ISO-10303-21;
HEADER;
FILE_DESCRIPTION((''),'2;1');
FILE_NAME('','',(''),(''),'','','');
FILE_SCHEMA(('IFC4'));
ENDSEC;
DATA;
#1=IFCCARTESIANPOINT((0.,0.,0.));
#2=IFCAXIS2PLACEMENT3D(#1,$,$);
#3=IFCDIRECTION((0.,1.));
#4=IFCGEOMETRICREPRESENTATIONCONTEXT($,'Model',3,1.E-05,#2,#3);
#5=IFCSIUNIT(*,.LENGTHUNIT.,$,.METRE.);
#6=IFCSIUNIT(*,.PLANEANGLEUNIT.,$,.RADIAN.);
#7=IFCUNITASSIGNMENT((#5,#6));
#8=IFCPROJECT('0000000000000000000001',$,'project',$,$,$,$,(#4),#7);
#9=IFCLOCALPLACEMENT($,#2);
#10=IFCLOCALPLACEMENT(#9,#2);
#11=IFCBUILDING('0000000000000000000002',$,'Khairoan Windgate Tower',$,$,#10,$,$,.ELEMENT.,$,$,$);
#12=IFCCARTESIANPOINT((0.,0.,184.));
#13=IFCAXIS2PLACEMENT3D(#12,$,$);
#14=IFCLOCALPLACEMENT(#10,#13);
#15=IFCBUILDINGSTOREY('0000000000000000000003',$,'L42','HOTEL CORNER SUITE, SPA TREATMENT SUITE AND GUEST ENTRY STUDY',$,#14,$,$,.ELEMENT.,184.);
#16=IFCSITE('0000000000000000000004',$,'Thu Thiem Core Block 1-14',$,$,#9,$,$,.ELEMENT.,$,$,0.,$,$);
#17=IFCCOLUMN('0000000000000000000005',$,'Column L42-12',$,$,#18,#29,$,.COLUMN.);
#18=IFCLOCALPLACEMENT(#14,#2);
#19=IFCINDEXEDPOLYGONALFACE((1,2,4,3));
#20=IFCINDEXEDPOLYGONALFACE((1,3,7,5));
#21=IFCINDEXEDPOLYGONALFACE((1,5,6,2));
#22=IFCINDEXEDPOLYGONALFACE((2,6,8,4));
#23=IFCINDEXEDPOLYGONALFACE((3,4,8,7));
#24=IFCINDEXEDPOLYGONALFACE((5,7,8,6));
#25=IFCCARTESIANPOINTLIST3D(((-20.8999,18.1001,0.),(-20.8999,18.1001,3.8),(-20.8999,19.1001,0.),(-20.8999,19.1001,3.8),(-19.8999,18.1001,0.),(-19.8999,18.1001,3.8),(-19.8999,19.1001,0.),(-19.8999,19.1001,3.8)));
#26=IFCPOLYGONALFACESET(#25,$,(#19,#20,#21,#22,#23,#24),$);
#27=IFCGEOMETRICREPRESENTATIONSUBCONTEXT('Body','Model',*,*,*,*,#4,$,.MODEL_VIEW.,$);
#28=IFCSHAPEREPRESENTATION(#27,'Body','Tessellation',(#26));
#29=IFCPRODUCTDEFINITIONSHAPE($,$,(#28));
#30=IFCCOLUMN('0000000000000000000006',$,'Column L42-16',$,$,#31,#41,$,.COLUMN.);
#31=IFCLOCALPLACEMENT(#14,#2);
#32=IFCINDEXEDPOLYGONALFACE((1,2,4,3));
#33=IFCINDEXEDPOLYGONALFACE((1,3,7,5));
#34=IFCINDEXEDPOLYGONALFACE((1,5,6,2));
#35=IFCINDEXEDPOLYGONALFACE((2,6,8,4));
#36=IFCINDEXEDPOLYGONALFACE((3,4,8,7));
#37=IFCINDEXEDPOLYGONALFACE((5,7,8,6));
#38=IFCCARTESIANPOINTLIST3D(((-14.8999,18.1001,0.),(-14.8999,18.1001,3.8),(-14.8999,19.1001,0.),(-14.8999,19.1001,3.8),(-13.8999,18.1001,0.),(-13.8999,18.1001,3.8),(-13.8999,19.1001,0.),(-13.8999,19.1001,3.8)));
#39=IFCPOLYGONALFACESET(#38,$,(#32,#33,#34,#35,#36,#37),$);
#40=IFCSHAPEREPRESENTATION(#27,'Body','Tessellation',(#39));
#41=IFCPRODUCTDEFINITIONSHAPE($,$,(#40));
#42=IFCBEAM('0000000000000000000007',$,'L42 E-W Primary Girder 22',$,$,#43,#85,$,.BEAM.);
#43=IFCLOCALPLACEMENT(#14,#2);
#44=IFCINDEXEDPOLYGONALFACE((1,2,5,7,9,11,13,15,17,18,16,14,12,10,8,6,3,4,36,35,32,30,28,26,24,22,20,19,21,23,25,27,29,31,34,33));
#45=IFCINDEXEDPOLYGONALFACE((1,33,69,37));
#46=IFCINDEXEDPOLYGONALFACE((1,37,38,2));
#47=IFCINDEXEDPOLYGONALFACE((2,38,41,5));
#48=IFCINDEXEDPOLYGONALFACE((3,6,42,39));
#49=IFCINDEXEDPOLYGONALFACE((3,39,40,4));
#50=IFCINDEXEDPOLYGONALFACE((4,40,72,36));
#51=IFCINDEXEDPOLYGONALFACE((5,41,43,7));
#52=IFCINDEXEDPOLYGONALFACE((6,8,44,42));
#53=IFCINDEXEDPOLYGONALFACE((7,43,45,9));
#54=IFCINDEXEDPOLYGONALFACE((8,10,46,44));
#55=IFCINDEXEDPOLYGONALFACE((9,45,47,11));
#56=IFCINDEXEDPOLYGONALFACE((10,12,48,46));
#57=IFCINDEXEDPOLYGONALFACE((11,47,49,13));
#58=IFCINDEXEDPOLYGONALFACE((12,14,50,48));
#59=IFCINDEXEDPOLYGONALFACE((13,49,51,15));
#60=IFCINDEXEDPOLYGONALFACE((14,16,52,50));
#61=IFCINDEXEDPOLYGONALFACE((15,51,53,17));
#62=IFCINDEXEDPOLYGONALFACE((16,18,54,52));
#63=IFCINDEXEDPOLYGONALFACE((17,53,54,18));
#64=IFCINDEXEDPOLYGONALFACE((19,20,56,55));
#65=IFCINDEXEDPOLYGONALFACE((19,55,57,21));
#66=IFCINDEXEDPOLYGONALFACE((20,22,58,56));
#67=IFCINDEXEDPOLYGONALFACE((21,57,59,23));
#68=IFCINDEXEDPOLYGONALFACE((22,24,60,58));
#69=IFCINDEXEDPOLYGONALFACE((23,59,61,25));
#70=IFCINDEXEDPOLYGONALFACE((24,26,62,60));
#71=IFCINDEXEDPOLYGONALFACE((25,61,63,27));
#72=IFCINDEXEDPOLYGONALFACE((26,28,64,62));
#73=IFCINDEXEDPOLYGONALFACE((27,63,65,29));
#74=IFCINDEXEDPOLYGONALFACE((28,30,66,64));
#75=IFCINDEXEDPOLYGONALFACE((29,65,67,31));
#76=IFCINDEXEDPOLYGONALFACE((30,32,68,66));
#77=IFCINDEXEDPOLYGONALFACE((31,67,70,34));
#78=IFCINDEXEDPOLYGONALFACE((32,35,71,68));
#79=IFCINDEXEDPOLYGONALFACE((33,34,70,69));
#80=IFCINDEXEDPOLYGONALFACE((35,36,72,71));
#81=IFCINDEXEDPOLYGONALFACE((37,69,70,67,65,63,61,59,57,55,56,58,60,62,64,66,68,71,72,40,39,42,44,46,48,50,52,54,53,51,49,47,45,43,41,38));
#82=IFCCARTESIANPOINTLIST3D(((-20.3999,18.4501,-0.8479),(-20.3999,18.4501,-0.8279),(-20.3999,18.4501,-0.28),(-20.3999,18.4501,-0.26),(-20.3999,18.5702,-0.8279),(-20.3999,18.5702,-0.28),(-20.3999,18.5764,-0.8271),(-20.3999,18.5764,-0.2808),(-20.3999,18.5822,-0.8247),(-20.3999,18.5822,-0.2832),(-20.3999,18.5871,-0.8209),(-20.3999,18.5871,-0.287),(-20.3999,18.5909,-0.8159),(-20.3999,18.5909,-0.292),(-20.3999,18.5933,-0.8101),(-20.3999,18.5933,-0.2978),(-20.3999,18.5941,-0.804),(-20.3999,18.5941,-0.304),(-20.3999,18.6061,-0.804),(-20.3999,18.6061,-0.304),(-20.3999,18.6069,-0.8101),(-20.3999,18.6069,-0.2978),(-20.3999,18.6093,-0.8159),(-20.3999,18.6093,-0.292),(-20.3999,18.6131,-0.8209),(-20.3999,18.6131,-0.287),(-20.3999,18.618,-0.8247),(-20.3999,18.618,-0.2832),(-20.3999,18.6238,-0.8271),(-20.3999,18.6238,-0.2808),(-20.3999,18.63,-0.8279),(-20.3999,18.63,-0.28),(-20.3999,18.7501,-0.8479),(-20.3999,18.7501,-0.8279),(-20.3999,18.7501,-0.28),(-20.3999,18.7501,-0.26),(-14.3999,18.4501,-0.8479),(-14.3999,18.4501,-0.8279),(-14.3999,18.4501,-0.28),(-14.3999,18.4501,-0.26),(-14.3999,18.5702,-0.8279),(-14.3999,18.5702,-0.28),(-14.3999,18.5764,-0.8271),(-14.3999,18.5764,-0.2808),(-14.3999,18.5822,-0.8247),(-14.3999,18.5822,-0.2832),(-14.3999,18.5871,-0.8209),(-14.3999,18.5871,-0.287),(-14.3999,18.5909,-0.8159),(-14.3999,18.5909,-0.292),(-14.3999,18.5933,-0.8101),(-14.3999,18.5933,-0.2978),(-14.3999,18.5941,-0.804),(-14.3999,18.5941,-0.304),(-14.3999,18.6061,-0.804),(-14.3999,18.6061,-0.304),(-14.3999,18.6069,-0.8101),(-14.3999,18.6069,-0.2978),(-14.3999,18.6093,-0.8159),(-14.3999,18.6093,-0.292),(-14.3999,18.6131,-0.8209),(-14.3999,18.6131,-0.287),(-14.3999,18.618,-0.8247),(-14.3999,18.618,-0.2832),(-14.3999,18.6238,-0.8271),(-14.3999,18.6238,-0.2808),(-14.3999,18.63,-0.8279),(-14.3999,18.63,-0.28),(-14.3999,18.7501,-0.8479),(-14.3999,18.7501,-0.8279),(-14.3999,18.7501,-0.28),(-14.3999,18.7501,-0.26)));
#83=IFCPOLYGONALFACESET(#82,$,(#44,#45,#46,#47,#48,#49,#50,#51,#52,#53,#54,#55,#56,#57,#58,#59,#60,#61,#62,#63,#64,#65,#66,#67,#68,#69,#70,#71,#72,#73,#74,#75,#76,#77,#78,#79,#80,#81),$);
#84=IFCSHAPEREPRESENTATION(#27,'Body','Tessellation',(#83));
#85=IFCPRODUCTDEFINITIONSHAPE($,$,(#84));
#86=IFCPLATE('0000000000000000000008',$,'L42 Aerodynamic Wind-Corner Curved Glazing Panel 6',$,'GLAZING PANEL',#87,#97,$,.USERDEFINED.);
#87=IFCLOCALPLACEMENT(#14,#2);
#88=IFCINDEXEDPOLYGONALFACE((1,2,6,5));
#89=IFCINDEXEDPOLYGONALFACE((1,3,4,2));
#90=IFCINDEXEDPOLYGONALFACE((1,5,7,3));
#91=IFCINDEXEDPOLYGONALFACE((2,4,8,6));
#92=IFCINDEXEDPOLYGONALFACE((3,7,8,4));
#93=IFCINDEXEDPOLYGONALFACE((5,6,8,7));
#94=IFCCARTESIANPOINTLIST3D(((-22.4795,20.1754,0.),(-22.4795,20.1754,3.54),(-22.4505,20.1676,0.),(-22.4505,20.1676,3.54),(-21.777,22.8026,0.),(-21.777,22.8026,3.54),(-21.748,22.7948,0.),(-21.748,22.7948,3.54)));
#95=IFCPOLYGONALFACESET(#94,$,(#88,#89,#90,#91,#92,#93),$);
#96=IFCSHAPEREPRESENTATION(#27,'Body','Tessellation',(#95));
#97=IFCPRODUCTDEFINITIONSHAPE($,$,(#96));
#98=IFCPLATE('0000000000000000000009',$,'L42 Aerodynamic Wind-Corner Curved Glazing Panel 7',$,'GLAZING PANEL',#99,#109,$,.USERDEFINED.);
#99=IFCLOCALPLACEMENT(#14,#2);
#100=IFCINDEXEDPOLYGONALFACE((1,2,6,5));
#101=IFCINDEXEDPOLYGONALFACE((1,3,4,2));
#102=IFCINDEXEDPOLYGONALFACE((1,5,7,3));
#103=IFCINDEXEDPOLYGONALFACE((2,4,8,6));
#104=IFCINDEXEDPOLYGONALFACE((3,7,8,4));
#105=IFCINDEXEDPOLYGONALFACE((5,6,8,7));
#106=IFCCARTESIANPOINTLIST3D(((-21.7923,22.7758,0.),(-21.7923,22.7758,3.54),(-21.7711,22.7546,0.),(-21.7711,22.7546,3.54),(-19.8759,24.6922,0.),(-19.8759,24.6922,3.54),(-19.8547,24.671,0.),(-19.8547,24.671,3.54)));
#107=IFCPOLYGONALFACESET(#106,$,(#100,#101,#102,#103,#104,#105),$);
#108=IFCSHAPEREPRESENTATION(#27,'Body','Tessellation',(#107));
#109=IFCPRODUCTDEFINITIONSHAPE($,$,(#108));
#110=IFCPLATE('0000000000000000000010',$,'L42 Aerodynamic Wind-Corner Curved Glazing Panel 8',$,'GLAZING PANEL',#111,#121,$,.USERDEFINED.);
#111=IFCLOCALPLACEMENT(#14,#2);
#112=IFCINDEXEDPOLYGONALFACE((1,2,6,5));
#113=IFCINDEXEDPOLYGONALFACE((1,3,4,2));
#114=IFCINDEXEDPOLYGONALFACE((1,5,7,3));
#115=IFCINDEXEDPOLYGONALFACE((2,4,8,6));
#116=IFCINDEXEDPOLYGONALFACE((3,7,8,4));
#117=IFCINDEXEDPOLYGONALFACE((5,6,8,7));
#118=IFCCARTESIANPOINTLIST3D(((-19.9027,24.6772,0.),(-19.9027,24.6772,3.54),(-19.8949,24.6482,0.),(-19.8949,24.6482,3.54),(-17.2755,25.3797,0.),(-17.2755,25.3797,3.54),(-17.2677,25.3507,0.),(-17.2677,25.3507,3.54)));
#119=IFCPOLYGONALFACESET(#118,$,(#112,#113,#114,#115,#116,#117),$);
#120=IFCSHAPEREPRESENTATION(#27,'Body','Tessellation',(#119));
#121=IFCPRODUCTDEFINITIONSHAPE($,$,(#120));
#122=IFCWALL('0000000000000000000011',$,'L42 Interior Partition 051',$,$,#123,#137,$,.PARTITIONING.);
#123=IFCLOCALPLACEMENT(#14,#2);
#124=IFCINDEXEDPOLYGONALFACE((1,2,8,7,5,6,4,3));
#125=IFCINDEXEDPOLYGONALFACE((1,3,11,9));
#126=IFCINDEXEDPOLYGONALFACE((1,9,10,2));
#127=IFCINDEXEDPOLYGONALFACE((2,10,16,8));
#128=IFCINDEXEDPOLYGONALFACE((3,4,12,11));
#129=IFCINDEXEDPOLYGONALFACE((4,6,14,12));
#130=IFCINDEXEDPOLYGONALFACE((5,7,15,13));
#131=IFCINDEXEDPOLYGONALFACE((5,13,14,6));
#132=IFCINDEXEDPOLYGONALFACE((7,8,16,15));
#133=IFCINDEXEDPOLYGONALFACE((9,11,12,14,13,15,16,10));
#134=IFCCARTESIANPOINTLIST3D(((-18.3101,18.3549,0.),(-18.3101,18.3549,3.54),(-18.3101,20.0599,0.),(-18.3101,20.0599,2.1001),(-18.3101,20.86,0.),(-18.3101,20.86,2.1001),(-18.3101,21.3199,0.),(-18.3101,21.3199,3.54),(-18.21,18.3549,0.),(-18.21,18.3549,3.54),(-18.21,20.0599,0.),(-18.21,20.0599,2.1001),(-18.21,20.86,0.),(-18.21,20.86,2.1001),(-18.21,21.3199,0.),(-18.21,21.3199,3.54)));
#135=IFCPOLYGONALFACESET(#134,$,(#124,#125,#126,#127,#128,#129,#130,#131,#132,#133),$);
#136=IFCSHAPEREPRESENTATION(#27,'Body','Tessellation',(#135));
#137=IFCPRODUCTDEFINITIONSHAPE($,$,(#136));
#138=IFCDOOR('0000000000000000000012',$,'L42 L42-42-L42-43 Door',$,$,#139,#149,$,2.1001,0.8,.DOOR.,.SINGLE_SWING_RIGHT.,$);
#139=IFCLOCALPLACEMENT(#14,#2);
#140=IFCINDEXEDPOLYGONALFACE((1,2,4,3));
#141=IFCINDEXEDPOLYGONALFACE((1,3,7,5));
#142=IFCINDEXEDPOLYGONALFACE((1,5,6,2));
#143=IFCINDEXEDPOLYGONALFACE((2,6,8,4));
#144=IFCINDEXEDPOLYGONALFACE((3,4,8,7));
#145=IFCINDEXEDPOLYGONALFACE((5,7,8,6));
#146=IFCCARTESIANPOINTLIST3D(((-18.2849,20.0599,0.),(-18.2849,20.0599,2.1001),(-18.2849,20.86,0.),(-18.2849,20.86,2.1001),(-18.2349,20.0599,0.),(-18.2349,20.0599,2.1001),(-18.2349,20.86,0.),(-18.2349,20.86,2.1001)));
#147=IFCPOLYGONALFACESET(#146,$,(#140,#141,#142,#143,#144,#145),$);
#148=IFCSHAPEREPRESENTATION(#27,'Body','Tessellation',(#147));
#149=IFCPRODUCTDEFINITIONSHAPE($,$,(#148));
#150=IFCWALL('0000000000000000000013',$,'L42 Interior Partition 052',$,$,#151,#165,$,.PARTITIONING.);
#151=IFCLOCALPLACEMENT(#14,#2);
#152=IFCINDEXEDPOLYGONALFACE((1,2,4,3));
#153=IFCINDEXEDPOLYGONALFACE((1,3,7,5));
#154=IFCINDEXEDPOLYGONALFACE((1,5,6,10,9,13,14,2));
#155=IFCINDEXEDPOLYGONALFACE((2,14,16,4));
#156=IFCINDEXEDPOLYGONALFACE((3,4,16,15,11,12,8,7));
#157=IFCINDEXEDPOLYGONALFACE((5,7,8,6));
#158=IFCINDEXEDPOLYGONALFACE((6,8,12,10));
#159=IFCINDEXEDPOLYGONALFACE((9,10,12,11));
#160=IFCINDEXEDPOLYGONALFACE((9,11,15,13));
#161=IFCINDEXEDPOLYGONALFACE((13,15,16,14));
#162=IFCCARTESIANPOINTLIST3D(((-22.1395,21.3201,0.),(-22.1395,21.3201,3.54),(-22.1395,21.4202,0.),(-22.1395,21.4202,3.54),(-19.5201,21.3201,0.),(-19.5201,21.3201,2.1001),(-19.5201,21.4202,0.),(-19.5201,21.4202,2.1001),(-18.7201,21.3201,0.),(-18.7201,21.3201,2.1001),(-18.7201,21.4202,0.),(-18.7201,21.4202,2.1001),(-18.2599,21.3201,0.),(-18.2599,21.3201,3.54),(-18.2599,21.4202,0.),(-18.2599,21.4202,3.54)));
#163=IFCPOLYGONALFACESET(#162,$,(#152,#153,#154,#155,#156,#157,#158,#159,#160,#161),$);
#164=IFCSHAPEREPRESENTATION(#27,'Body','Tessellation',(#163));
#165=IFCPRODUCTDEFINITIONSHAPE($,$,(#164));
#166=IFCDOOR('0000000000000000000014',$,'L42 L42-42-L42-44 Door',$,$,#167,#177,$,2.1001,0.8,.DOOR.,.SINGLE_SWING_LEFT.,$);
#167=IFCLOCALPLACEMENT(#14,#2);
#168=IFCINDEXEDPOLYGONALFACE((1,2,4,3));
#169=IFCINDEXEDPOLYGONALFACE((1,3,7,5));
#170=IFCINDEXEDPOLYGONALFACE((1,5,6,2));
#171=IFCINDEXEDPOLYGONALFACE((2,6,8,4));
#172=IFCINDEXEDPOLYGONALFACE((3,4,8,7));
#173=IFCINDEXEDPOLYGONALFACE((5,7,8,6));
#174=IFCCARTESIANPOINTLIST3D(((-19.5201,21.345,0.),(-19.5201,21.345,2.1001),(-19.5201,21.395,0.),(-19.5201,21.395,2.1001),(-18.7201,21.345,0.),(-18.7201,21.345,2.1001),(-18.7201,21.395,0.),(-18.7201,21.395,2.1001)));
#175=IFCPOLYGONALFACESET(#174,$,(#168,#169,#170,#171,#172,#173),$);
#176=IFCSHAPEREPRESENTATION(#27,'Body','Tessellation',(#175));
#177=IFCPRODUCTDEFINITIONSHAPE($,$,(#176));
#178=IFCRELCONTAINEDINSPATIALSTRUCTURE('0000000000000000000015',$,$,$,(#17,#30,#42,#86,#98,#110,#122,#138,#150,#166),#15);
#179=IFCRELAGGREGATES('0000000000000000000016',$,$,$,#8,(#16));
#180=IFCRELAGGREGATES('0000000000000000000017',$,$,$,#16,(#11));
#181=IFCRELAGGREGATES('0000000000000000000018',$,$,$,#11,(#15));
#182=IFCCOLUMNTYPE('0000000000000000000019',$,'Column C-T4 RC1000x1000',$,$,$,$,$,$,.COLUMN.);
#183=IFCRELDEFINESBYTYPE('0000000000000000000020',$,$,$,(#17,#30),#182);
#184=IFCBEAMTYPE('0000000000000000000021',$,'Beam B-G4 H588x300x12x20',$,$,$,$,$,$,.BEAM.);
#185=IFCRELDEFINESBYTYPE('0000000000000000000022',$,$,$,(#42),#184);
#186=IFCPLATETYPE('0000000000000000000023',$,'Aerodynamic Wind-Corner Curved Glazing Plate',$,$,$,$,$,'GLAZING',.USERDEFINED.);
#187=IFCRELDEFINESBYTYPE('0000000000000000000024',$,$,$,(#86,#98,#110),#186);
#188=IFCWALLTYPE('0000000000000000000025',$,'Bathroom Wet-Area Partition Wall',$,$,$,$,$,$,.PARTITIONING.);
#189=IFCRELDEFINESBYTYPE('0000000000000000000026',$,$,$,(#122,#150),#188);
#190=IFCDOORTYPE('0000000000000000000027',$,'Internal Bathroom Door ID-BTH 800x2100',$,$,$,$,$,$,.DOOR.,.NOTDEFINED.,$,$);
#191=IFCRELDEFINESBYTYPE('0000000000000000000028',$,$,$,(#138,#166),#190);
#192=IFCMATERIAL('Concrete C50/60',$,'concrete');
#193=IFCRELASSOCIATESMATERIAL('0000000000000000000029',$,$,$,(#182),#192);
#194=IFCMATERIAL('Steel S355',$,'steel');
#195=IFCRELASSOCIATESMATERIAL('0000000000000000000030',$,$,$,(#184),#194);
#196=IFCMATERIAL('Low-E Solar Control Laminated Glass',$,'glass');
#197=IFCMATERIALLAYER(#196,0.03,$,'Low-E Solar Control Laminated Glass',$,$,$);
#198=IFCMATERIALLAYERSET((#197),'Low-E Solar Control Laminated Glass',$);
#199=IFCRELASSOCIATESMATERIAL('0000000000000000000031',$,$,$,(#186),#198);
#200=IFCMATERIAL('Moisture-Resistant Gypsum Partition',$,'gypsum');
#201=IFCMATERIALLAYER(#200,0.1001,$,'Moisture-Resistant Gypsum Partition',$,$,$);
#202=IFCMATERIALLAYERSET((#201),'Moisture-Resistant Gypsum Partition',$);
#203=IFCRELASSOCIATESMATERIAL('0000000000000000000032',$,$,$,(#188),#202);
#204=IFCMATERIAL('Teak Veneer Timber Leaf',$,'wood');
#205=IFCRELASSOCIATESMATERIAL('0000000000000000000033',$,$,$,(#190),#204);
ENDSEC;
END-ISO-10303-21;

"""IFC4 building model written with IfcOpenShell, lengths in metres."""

from ifc_helpers import new_model, si_unit, direction, frame, frame_2d, origin, origin_2d, place, context, subcontext, project, spatial, rectangle, i_section, extrude, material, layer, layer_set, material_profile, profile_set, type_object, element, fill, save


model = new_model("IFC4")

# Units and contexts
model_context = context("Model", 3, precision=1e-05, world=origin(), true_north=direction((0.0, 1.0)))
body_context = subcontext(model_context, "Body", "Model", "MODEL_VIEW")
ifc_project = project(units=[si_unit("LENGTHUNIT", "METRE"), si_unit("PLANEANGLEUNIT", "RADIAN")], contexts=[model_context])

# Site, building, storey
site_placement = place(None, origin())
site = spatial("IfcSite", under=ifc_project, at=site_placement, Name="Thu Thiem Core Block 1-14", CompositionType="ELEMENT", RefElevation=0.0)
building_placement = place(site_placement, origin())
building = spatial("IfcBuilding", under=site, at=building_placement, Name="Khairoan Windgate Tower", CompositionType="ELEMENT")
storey_placement = place(building_placement, frame((0.0, 0.0, 184.0)))
storey = spatial("IfcBuildingStorey", under=building, at=storey_placement, Name="L42", Description="HOTEL CORNER SUITE, SPA TREATMENT SUITE AND GUEST ENTRY STUDY", CompositionType="ELEMENT", Elevation=184.0)

# Columns
ifc_material_1 = material(Name="Concrete C50/60", Category="concrete")
ifc_material_profile_1 = material_profile(ifc_material_1, rectangle(XDim=1.0, YDim=1.0, at=origin_2d()))
ifc_profile_set_1 = profile_set([ifc_material_profile_1], Name="Concrete C50/60")
column_type = type_object("IfcColumnType", Name="Column C-T4 RC1000x1000", PredefinedType="COLUMN", material=ifc_profile_set_1)
for number, where, z_axis, x_axis, name in (
    (1, (-20.3999, 18.6001, 0.0), (0.0, 0.0, 1.0), (1.0, 0.0, 0.0), "Column L42-12"),
    (2, (-14.3999, 18.6001, 0.0), (0.0, 0.0, 1.0), (1.0, 0.0, 0.0), "Column L42-16"),
):
    element("IfcColumn", number, at=place(storey_placement, frame(where, z_axis=z_axis, x_axis=x_axis)), inside=storey, type_object=column_type, Name=name, PredefinedType="COLUMN", context=body_context, shape_type="SweptSolid", body=[
        extrude(rectangle(XDim=1.0, YDim=1.0, at=origin_2d()), origin(), (0.0, 0.0, 1.0), 3.8),
    ])

# Beam
ifc_material_2 = material(Name="Steel S355", Category="steel")
ifc_material_profile_2 = material_profile(ifc_material_2, i_section(OverallWidth=0.3, OverallDepth=0.5879, WebThickness=0.012, FlangeThickness=0.02, FilletRadius=0.0239, at=origin_2d()))
ifc_profile_set_2 = profile_set([ifc_material_profile_2], Name="Steel S355")
beam_type = type_object("IfcBeamType", Name="Beam B-G4 H588x300x12x20", PredefinedType="BEAM", material=ifc_profile_set_2)
beam_placement = place(storey_placement, frame((-20.3999, 18.6001, -0.554), z_axis=(1.0, 0.0, 0.0), x_axis=(0.0, 1.0, 0.0)))
element("IfcBeam", 3, at=beam_placement, inside=storey, type_object=beam_type, Name="L42 E-W Primary Girder 22", PredefinedType="BEAM", context=body_context, shape_type="SweptSolid", body=[
    extrude(i_section(OverallWidth=0.3, OverallDepth=0.5879, WebThickness=0.012, FlangeThickness=0.02, FilletRadius=0.0239, at=origin_2d()), origin(), (0.0, 0.0, 1.0), 6.0),
])

# Plates
ifc_material_3 = material(Name="Low-E Solar Control Laminated Glass", Category="glass")
ifc_layer_1 = layer(ifc_material_3, 0.03, Name="Low-E Solar Control Laminated Glass")
ifc_layer_set_1 = layer_set([ifc_layer_1], Name="Low-E Solar Control Laminated Glass")
plate_type_1 = type_object("IfcPlateType", Name="Aerodynamic Wind-Corner Curved Glazing Plate", ElementType="GLAZING", PredefinedType="USERDEFINED", material=ifc_layer_set_1)
plate_1_placement = place(storey_placement, frame((-22.1138, 21.4851, 0.0), z_axis=(0.0, 0.0, 1.0), x_axis=(0.258313, 0.966061, 0.0)))
element("IfcPlate", 4, at=plate_1_placement, inside=storey, type_object=plate_type_1, Name="L42 Aerodynamic Wind-Corner Curved Glazing Panel 6", ObjectType="GLAZING PANEL", PredefinedType="USERDEFINED", context=body_context, shape_type="SweptSolid", body=[
    extrude(rectangle(XDim=2.7195, YDim=0.03, at=origin_2d()), origin(), (0.0, 0.0, 1.0), 3.54),
])
plate_2_placement = place(storey_placement, frame((-20.8235, 23.7234, 0.0), z_axis=(0.0, 0.0, 1.0), x_axis=(0.707107, 0.707107, 0.0)))
element("IfcPlate", 5, at=plate_2_placement, inside=storey, type_object=plate_type_1, Name="L42 Aerodynamic Wind-Corner Curved Glazing Panel 7", ObjectType="GLAZING PANEL", PredefinedType="USERDEFINED", context=body_context, shape_type="SweptSolid", body=[
    extrude(rectangle(XDim=2.7102, YDim=0.03, at=origin_2d()), origin(), (0.0, 0.0, 1.0), 3.54),
])
plate_3_placement = place(storey_placement, frame((-18.5852, 25.0139, 0.0), z_axis=(0.0, 0.0, 1.0), x_axis=(0.966061, 0.258313, 0.0)))
element("IfcPlate", 6, at=plate_3_placement, inside=storey, type_object=plate_type_1, Name="L42 Aerodynamic Wind-Corner Curved Glazing Panel 8", ObjectType="GLAZING PANEL", PredefinedType="USERDEFINED", context=body_context, shape_type="SweptSolid", body=[
    extrude(rectangle(XDim=2.7195, YDim=0.03, at=origin_2d()), origin(), (0.0, 0.0, 1.0), 3.54),
])

# Walls, openings, doors
ifc_material_4 = material(Name="Moisture-Resistant Gypsum Partition", Category="gypsum")
ifc_layer_2 = layer(ifc_material_4, 0.1001, Name="Moisture-Resistant Gypsum Partition")
ifc_layer_set_2 = layer_set([ifc_layer_2], Name="Moisture-Resistant Gypsum Partition")
wall_type_1 = type_object("IfcWallType", Name="Bathroom Wet-Area Partition Wall", PredefinedType="PARTITIONING", material=ifc_layer_set_2)
wall_1_placement = place(storey_placement, frame((-18.26, 18.355, 0.0), z_axis=(0.0, 0.0, 1.0), x_axis=(0.0, 1.0, 0.0)))
wall_1 = element("IfcWall", 7, at=wall_1_placement, inside=storey, type_object=wall_type_1, Name="L42 Interior Partition 051", PredefinedType="PARTITIONING", context=body_context, shape_type="SweptSolid", body=[
    extrude(rectangle(XDim=2.9651, YDim=0.1001, at=frame_2d((1.4824, 0.0))), origin(), (0.0, 0.0, 1.0), 3.54),
])
opening_1_placement = place(wall_1_placement, frame((1.7051, 0.0, 0.0)))
opening_1 = element("IfcOpeningElement", 8, at=opening_1_placement, cuts=wall_1, PredefinedType="OPENING", context=body_context, shape_type="SweptSolid", body=[
    extrude(rectangle(XDim=0.8, YDim=2.1001, at=frame_2d((0.3999, 1.05))), frame((0.0, 0.0601, 0.0), z_axis=(0.0, -1.0, 0.0), x_axis=(1.0, 0.0, 0.0)), (0.0, 0.0, 1.0), 0.1201),
])
ifc_material_5 = material(Name="Teak Veneer Timber Leaf", Category="wood")
door_type_1 = type_object("IfcDoorType", Name="Internal Bathroom Door ID-BTH 800x2100", OperationType="NOTDEFINED", PredefinedType="DOOR", material=ifc_material_5)
door_1_placement = place(opening_1_placement, origin())
door_1 = element("IfcDoor", 9, at=door_1_placement, inside=storey, type_object=door_type_1, Name="L42 L42-42-L42-43 Door", OperationType="SINGLE_SWING_RIGHT", OverallHeight=2.1001, OverallWidth=0.8, PredefinedType="DOOR", context=body_context, shape_type="SweptSolid", body=[
    extrude(rectangle(XDim=0.8, YDim=2.1001, at=frame_2d((0.3999, 1.05))), frame((0.0, 0.0249, 0.0), z_axis=(0.0, -1.0, 0.0), x_axis=(1.0, 0.0, 0.0)), (0.0, 0.0, 1.0), 0.05),
])
fill(opening_1, door_1)
wall_2_placement = place(storey_placement, frame((-22.1396, 21.3701, 0.0), z_axis=(0.0, 0.0, 1.0), x_axis=(1.0, 0.0, 0.0)))
wall_2 = element("IfcWall", 10, at=wall_2_placement, inside=storey, type_object=wall_type_1, Name="L42 Interior Partition 052", PredefinedType="PARTITIONING", context=body_context, shape_type="SweptSolid", body=[
    extrude(rectangle(XDim=3.8796, YDim=0.1001, at=frame_2d((1.9399, 0.0))), origin(), (0.0, 0.0, 1.0), 3.54),
])
opening_2_placement = place(wall_2_placement, frame((2.6196, 0.0, 0.0)))
opening_2 = element("IfcOpeningElement", 11, at=opening_2_placement, cuts=wall_2, PredefinedType="OPENING", context=body_context, shape_type="SweptSolid", body=[
    extrude(rectangle(XDim=0.8, YDim=2.1001, at=frame_2d((0.3999, 1.05))), frame((0.0, 0.0601, 0.0), z_axis=(0.0, -1.0, 0.0), x_axis=(1.0, 0.0, 0.0)), (0.0, 0.0, 1.0), 0.1201),
])
door_2_placement = place(opening_2_placement, origin())
door_2 = element("IfcDoor", 12, at=door_2_placement, inside=storey, type_object=door_type_1, Name="L42 L42-42-L42-44 Door", OperationType="SINGLE_SWING_LEFT", OverallHeight=2.1001, OverallWidth=0.8, PredefinedType="DOOR", context=body_context, shape_type="SweptSolid", body=[
    extrude(rectangle(XDim=0.8, YDim=2.1001, at=frame_2d((0.3999, 1.05))), frame((0.0, 0.0249, 0.0), z_axis=(0.0, -1.0, 0.0), x_axis=(1.0, 0.0, 0.0)), (0.0, 0.0, 1.0), 0.05),
])
fill(opening_2, door_2)

save(model, "model.ifc")
